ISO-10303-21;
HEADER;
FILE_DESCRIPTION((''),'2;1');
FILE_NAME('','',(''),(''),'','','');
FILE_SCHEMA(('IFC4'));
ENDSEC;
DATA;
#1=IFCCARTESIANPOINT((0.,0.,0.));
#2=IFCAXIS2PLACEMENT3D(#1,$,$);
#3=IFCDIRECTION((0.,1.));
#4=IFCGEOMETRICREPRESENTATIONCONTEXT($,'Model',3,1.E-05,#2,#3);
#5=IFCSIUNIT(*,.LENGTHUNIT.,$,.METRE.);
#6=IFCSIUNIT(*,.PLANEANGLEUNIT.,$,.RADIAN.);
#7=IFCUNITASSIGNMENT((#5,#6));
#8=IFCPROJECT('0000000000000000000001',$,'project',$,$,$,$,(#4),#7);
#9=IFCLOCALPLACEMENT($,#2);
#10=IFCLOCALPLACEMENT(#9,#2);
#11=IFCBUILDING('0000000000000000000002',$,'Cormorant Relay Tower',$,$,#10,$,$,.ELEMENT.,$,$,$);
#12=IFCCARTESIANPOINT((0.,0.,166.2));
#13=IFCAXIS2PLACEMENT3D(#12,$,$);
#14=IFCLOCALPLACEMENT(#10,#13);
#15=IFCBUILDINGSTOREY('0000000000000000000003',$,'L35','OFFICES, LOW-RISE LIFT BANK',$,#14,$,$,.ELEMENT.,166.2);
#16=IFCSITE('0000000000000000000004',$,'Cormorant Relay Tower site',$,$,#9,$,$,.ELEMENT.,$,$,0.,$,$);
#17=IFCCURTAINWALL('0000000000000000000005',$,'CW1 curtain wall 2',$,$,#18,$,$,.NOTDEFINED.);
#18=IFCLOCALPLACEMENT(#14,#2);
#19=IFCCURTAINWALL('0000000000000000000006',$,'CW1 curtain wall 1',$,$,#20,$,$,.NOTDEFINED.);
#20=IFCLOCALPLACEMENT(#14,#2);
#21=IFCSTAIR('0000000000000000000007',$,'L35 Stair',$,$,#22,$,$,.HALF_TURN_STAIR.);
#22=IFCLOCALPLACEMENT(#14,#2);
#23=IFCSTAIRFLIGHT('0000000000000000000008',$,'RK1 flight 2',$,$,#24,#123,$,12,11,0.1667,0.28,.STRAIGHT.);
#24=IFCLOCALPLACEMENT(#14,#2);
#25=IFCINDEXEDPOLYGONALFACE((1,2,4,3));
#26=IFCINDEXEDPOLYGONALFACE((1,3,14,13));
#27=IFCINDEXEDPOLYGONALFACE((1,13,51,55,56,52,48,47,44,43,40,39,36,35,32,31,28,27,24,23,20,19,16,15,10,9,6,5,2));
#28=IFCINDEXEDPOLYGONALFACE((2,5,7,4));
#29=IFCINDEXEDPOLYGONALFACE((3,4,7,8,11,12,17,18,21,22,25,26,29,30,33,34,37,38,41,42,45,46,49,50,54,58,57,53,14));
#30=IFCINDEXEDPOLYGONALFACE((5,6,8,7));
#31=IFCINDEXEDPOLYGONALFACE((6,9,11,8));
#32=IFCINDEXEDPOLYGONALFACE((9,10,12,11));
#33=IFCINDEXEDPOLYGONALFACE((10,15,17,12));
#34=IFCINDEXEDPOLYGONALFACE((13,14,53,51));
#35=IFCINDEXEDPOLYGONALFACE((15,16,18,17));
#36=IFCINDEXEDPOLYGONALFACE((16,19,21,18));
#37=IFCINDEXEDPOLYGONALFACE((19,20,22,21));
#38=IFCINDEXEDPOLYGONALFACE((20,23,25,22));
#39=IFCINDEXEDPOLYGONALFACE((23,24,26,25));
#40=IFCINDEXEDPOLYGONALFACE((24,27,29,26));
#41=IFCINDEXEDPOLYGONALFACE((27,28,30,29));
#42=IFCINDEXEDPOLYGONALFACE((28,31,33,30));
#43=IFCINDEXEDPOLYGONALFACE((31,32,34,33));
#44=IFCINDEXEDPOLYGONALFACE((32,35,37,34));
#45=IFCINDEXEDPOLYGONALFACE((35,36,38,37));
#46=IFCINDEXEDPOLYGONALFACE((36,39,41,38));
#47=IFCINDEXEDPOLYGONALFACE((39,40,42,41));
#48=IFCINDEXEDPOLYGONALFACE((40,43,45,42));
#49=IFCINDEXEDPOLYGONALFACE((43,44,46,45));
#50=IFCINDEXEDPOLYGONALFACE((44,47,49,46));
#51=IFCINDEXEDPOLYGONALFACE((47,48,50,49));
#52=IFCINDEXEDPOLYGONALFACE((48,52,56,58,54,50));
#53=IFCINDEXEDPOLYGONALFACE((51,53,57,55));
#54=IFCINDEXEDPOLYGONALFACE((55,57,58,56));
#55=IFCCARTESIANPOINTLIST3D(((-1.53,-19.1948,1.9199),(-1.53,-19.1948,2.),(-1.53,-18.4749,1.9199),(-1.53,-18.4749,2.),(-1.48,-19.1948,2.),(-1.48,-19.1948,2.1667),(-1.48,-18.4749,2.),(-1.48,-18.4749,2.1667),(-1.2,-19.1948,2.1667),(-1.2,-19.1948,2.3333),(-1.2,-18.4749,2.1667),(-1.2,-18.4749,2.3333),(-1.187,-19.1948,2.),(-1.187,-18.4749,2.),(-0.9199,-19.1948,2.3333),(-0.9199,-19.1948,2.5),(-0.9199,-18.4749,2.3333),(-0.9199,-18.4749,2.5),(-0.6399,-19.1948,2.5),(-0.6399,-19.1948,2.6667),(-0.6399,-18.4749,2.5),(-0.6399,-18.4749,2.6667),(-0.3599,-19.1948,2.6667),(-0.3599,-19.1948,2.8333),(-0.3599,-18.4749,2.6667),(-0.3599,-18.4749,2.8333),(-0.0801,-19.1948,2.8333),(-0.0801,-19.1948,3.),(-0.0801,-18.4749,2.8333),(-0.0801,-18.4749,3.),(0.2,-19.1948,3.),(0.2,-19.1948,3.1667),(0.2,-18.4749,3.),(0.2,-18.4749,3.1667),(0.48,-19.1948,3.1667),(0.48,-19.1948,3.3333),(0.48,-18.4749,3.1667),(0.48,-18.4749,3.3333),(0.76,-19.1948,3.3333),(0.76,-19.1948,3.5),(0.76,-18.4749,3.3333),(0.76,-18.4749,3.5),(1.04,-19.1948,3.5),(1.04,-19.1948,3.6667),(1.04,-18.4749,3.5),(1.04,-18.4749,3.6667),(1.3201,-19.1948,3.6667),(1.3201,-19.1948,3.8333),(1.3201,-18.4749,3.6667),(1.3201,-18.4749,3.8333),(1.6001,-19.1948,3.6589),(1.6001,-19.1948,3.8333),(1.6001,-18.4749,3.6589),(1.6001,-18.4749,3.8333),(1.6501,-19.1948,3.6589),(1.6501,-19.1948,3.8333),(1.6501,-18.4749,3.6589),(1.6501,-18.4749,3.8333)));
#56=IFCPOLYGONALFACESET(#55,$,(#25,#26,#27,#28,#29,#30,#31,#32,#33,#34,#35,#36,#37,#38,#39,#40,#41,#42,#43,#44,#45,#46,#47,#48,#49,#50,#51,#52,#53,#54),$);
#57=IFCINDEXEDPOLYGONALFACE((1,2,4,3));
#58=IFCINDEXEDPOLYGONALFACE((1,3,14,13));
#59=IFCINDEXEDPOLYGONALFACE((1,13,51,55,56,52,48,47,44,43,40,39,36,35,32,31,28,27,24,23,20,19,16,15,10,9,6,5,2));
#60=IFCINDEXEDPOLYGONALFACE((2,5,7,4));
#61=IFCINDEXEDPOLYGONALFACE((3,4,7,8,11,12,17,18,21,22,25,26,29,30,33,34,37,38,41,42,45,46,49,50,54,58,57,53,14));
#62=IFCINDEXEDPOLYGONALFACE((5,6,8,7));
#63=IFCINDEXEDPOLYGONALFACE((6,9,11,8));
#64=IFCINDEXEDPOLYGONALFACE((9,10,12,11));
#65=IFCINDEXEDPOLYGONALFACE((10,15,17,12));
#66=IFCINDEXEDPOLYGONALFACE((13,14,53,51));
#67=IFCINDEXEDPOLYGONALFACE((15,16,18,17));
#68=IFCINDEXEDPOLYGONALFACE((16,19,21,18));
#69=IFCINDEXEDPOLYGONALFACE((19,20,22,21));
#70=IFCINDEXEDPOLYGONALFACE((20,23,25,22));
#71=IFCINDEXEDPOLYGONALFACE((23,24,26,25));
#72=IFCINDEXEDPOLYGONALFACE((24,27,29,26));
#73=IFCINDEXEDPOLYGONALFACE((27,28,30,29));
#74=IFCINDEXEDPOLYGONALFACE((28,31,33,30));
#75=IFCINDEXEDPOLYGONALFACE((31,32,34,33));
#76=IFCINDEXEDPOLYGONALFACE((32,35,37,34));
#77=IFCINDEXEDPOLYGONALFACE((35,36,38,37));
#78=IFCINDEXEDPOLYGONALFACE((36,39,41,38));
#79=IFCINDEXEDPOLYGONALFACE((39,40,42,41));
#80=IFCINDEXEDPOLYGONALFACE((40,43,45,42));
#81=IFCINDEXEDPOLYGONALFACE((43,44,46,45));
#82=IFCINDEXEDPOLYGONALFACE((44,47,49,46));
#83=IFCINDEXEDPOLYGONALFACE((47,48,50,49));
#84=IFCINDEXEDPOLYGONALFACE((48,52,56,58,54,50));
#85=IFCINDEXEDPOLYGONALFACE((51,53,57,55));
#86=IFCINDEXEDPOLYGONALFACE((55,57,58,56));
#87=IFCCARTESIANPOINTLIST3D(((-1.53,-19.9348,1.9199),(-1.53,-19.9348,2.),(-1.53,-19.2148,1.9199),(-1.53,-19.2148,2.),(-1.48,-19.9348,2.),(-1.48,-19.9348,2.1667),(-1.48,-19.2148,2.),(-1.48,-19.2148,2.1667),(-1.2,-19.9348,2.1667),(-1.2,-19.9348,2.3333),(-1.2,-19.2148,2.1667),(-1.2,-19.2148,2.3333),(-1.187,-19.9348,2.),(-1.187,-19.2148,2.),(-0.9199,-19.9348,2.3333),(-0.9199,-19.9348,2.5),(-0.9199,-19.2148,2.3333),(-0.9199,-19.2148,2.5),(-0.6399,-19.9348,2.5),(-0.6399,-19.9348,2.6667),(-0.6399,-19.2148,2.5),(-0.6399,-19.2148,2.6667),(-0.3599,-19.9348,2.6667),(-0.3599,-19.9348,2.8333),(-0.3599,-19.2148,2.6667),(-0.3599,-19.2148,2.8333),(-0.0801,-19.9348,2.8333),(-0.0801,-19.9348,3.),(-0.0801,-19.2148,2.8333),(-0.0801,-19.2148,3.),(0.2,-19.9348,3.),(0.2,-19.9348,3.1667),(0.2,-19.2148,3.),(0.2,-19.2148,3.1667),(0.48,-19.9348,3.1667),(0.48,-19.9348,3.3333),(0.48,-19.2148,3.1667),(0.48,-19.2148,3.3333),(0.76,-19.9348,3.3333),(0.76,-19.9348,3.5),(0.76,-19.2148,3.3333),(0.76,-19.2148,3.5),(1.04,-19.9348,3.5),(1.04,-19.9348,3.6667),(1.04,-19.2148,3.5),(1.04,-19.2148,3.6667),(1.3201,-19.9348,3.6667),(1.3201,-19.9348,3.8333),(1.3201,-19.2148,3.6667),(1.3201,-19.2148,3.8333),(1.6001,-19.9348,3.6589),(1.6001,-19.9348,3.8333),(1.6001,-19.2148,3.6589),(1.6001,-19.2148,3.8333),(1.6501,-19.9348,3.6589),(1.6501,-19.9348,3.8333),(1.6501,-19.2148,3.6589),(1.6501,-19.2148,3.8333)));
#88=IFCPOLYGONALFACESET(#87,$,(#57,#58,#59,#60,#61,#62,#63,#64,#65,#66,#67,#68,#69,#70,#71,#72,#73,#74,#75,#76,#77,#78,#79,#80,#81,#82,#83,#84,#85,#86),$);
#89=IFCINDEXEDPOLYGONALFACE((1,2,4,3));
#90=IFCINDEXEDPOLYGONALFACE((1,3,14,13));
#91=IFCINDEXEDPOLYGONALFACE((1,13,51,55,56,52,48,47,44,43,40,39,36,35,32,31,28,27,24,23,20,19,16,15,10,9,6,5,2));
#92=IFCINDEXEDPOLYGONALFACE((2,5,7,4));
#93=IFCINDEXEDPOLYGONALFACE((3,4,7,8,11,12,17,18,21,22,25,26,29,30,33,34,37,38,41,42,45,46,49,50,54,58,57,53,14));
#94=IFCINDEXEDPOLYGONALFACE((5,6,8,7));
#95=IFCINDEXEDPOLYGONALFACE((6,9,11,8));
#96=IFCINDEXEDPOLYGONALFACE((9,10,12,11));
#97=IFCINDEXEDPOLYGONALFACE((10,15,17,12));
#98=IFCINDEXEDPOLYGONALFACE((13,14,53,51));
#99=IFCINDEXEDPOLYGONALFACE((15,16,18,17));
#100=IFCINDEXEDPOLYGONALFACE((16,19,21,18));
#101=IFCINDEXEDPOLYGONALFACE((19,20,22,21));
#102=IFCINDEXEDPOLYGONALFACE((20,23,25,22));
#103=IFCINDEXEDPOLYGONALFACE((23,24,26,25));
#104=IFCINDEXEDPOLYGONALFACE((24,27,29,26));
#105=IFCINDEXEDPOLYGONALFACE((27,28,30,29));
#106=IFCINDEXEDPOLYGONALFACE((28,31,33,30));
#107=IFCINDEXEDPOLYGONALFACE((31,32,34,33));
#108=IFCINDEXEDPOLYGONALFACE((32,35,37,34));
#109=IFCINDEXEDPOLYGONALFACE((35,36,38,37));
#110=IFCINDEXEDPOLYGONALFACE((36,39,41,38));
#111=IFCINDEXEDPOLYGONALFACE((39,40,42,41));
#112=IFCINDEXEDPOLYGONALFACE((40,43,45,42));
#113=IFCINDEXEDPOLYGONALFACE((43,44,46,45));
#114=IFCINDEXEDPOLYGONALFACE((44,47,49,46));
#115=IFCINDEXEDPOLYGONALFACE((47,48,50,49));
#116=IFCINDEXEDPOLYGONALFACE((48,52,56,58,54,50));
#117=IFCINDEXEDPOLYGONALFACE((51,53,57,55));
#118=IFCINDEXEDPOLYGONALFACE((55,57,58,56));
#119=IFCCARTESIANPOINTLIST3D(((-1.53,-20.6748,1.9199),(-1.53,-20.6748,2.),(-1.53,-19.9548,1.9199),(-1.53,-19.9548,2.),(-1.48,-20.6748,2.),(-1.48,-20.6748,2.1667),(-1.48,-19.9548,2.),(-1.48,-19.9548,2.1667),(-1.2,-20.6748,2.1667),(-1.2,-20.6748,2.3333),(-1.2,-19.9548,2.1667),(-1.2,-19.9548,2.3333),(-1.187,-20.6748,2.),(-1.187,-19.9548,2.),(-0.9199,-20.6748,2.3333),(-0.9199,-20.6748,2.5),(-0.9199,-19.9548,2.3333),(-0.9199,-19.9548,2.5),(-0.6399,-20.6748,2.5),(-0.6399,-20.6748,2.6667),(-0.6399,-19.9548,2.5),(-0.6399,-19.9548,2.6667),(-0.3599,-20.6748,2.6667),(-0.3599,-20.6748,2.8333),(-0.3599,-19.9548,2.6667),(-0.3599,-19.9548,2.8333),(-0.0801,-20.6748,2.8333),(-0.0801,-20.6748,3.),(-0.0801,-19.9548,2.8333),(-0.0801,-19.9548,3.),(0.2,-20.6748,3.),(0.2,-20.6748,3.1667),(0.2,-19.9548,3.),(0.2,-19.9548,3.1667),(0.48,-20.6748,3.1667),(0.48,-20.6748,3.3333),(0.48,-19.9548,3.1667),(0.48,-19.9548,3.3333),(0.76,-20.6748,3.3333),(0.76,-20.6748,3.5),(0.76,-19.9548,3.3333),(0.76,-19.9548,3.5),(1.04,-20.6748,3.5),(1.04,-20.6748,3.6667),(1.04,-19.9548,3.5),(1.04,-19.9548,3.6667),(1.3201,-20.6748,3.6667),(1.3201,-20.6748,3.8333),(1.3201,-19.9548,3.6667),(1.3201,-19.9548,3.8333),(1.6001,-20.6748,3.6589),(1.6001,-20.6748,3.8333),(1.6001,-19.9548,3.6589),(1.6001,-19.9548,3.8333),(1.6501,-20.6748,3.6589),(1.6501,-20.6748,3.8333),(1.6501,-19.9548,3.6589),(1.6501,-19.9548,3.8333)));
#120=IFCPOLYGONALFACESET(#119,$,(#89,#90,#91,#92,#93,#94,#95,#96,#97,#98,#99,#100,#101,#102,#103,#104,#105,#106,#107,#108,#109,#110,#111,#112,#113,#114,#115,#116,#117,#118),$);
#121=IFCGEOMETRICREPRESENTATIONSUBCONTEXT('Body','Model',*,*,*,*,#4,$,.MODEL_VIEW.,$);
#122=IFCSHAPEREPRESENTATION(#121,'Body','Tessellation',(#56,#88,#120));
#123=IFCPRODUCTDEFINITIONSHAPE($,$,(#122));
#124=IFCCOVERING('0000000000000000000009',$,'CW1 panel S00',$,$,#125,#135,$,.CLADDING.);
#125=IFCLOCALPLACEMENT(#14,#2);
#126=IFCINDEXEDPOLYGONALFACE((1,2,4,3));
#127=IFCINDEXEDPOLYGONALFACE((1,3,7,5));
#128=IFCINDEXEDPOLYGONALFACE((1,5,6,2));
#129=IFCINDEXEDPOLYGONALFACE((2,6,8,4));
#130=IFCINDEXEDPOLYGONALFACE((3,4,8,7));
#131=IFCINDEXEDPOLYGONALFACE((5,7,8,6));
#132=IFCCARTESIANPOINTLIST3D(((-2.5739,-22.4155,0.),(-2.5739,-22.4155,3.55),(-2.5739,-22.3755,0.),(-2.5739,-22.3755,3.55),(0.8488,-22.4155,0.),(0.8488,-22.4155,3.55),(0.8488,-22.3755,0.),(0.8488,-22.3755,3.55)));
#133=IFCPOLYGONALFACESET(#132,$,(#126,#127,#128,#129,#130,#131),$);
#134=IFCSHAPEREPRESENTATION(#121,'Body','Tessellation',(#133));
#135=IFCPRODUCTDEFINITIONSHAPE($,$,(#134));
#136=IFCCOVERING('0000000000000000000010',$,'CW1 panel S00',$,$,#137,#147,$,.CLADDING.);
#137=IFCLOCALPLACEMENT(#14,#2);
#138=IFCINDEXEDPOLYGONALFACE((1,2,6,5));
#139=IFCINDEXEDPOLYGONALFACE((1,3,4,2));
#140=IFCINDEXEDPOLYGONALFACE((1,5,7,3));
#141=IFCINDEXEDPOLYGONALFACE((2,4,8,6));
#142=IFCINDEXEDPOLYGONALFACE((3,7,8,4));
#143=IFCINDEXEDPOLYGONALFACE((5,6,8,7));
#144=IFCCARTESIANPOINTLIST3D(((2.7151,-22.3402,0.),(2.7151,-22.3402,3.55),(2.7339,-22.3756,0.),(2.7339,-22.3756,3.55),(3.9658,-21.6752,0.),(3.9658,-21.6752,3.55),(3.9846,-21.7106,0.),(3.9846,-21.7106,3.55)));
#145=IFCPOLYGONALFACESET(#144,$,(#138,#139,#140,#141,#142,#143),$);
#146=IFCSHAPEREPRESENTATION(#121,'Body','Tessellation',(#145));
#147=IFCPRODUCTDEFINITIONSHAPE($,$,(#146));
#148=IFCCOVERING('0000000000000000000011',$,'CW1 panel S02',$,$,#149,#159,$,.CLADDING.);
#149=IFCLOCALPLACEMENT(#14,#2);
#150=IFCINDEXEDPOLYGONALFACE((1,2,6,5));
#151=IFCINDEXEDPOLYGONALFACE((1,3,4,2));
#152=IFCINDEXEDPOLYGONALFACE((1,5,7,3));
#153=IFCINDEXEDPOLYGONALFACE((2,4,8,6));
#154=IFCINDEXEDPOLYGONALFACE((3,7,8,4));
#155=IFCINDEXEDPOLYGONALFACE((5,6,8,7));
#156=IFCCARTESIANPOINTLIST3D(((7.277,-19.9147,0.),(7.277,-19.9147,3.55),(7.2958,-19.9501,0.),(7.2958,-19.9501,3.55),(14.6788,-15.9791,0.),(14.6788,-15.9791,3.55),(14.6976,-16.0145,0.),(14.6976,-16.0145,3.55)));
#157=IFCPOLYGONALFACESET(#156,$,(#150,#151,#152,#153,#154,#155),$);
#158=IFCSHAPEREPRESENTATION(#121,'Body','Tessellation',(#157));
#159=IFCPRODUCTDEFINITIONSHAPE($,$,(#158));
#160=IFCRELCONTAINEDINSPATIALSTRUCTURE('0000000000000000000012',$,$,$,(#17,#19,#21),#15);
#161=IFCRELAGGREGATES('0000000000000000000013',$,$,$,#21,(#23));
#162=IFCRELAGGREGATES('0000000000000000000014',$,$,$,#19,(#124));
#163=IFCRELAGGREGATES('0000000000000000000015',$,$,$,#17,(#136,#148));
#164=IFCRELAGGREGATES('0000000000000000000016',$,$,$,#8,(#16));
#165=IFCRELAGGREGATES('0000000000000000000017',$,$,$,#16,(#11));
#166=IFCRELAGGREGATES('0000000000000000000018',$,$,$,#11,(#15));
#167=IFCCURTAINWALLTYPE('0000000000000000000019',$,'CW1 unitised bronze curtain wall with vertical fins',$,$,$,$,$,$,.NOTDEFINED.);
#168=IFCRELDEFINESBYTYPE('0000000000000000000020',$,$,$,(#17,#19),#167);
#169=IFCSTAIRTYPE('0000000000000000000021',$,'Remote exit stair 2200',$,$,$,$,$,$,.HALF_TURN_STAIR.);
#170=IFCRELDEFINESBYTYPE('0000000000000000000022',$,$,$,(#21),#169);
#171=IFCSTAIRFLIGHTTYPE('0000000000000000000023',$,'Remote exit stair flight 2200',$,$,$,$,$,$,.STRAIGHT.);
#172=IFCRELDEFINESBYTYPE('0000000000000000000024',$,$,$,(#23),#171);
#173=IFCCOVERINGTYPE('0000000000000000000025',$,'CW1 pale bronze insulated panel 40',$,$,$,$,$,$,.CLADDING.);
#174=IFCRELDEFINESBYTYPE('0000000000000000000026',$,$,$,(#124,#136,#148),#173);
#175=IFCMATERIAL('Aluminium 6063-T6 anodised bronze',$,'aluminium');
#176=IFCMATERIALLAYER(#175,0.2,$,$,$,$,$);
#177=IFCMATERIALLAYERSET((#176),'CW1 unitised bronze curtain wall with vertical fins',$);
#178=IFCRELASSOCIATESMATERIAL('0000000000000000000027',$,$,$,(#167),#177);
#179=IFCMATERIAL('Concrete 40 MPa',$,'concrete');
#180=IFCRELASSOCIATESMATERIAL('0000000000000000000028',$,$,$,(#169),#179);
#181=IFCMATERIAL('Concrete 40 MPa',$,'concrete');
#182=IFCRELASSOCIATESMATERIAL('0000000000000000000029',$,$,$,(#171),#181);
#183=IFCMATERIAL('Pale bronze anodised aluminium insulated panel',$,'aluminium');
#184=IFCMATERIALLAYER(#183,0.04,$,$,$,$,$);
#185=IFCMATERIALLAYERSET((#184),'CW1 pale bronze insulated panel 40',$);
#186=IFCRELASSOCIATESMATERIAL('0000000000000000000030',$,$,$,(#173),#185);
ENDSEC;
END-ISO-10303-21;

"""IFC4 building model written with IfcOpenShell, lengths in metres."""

from ifc_helpers import new_model, si_unit, direction, frame, origin, origin_2d, place, context, subcontext, project, spatial, polyline, rectangle, outline, extrude, material, layer, layer_set, type_object, element, aggregate, save


model = new_model("IFC4")

# Units and contexts
model_context = context("Model", 3, precision=1e-05, world=origin(), true_north=direction((0.0, 1.0)))
body_context = subcontext(model_context, "Body", "Model", "MODEL_VIEW")
ifc_project = project(units=[si_unit("LENGTHUNIT", "METRE"), si_unit("PLANEANGLEUNIT", "RADIAN")], contexts=[model_context])

# Site, building, storey
site_placement = place(None, origin())
site = spatial("IfcSite", under=ifc_project, at=site_placement, Name="Cormorant Relay Tower site", CompositionType="ELEMENT", RefElevation=0.0)
building_placement = place(site_placement, origin())
building = spatial("IfcBuilding", under=site, at=building_placement, Name="Cormorant Relay Tower", CompositionType="ELEMENT")
storey_placement = place(building_placement, frame((0.0, 0.0, 166.2)))
storey = spatial("IfcBuildingStorey", under=building, at=storey_placement, Name="L35", Description="OFFICES, LOW-RISE LIFT BANK", CompositionType="ELEMENT", Elevation=166.2)

# Curtain wall
ifc_material_1 = material(Name="Aluminium 6063-T6 anodised bronze", Category="aluminium")
ifc_layer_1 = layer(ifc_material_1, 0.2)
ifc_layer_set_1 = layer_set([ifc_layer_1], Name="CW1 unitised bronze curtain wall with vertical fins")
curtain_wall_type = type_object("IfcCurtainWallType", Name="CW1 unitised bronze curtain wall with vertical fins", PredefinedType="NOTDEFINED", material=ifc_layer_set_1)
curtain_wall_1_placement = place(storey_placement, origin())
curtain_wall_1 = element("IfcCurtainWall", 1, at=curtain_wall_1_placement, inside=storey, type_object=curtain_wall_type, Name="CW1 curtain wall 2", PredefinedType="NOTDEFINED")

# Curtain wall
curtain_wall_2_placement = place(storey_placement, origin())
curtain_wall_2 = element("IfcCurtainWall", 2, at=curtain_wall_2_placement, inside=storey, type_object=curtain_wall_type, Name="CW1 curtain wall 1", PredefinedType="NOTDEFINED")

# Stair, stair flight
ifc_material_2 = material(Name="Concrete 40 MPa", Category="concrete")
stair_type = type_object("IfcStairType", Name="Remote exit stair 2200", PredefinedType="HALF_TURN_STAIR", material=ifc_material_2)
stair_placement = place(storey_placement, origin())
stair = element("IfcStair", 3, at=stair_placement, inside=storey, type_object=stair_type, Name="L35 Stair", PredefinedType="HALF_TURN_STAIR")
ifc_material_3 = material(Name="Concrete 40 MPa", Category="concrete")
stair_flight_type = type_object("IfcStairFlightType", Name="Remote exit stair flight 2200", PredefinedType="STRAIGHT", material=ifc_material_3)
stair_flight_1_placement = place(storey_placement, frame((-1.48, -19.575, 2.0), z_axis=(0.0, 0.0, 1.0), x_axis=(1.0, 0.0, 0.0)))
stair_flight_1 = element("IfcStairFlight", 4, at=stair_flight_1_placement, type_object=stair_flight_type, Name="RK1 flight 2", NumberOfRisers=12, NumberOfTreads=11, PredefinedType="STRAIGHT", RiserHeight=0.1667, TreadLength=0.28, context=body_context, shape_type="SweptSolid", body=[
    extrude(outline(polyline([(-0.05, -0.0801), (-0.05, 0.0), (0.0, 0.0), (0.0, 0.1667), (0.28, 0.1667), (0.28, 0.3333), (0.5601, 0.3333), (0.5601, 0.5), (0.8401, 0.5), (0.8401, 0.6667), (1.1201, 0.6667), (1.1201, 0.8333), (1.3999, 0.8333), (1.3999, 1.0), (1.6799, 1.0), (1.6799, 1.1667), (1.96, 1.1667), (1.96, 1.3333), (2.24, 1.3333), (2.24, 1.5), (2.52, 1.5), (2.52, 1.6667), (2.8, 1.6667), (2.8, 1.8333), (3.0801, 1.8333), (3.1301, 1.8333), (3.1301, 1.6589), (3.0801, 1.6589), (0.293, 0.0), (-0.05, -0.0801)])), frame((0.0, 1.1001, 0.0), z_axis=(0.0, -1.0, 0.0), x_axis=(1.0, 0.0, 0.0)), (0.0, 0.0, 1.0), 0.72),
    extrude(outline(polyline([(-0.05, -0.0801), (-0.05, 0.0), (0.0, 0.0), (0.0, 0.1667), (0.28, 0.1667), (0.28, 0.3333), (0.5601, 0.3333), (0.5601, 0.5), (0.8401, 0.5), (0.8401, 0.6667), (1.1201, 0.6667), (1.1201, 0.8333), (1.3999, 0.8333), (1.3999, 1.0), (1.6799, 1.0), (1.6799, 1.1667), (1.96, 1.1667), (1.96, 1.3333), (2.24, 1.3333), (2.24, 1.5), (2.52, 1.5), (2.52, 1.6667), (2.8, 1.6667), (2.8, 1.8333), (3.0801, 1.8333), (3.1301, 1.8333), (3.1301, 1.6589), (3.0801, 1.6589), (0.293, 0.0), (-0.05, -0.0801)])), frame((0.0, 0.3601, 0.0), z_axis=(0.0, -1.0, 0.0), x_axis=(1.0, 0.0, 0.0)), (0.0, 0.0, 1.0), 0.72),
    extrude(outline(polyline([(-0.05, -0.0801), (-0.05, 0.0), (0.0, 0.0), (0.0, 0.1667), (0.28, 0.1667), (0.28, 0.3333), (0.5601, 0.3333), (0.5601, 0.5), (0.8401, 0.5), (0.8401, 0.6667), (1.1201, 0.6667), (1.1201, 0.8333), (1.3999, 0.8333), (1.3999, 1.0), (1.6799, 1.0), (1.6799, 1.1667), (1.96, 1.1667), (1.96, 1.3333), (2.24, 1.3333), (2.24, 1.5), (2.52, 1.5), (2.52, 1.6667), (2.8, 1.6667), (2.8, 1.8333), (3.0801, 1.8333), (3.1301, 1.8333), (3.1301, 1.6589), (3.0801, 1.6589), (0.293, 0.0), (-0.05, -0.0801)])), frame((0.0, -0.3799, 0.0), z_axis=(0.0, -1.0, 0.0), x_axis=(1.0, 0.0, 0.0)), (0.0, 0.0, 1.0), 0.72),
])
aggregate(stair, [stair_flight_1])

# Coverings
ifc_material_4 = material(Name="Pale bronze anodised aluminium insulated panel", Category="aluminium")
ifc_layer_2 = layer(ifc_material_4, 0.04)
ifc_layer_set_2 = layer_set([ifc_layer_2], Name="CW1 pale bronze insulated panel 40")
covering_type = type_object("IfcCoveringType", Name="CW1 pale bronze insulated panel 40", PredefinedType="CLADDING", material=ifc_layer_set_2)
covering_1_placement = place(storey_placement, frame((-0.8625, -22.3955, 0.0), z_axis=(0.0, 0.0, 1.0), x_axis=(1.0, 0.0, 0.0)))
covering_1 = element("IfcCovering", 5, at=covering_1_placement, type_object=covering_type, Name="CW1 panel S00", PredefinedType="CLADDING", context=body_context, shape_type="SweptSolid", body=[
    extrude(rectangle(XDim=3.4226, YDim=0.04, at=origin_2d()), origin(), (0.0, 0.0, 1.0), 3.55),
])
aggregate(curtain_wall_2, [covering_1])
covering_2_placement = place(storey_placement, frame((3.3499, -22.0254, 0.0), z_axis=(0.0, 0.0, 1.0), x_axis=(0.882948, 0.469472, 0.0)))
covering_2 = element("IfcCovering", 6, at=covering_2_placement, type_object=covering_type, Name="CW1 panel S00", PredefinedType="CLADDING", context=body_context, shape_type="SweptSolid", body=[
    extrude(rectangle(XDim=1.4165, YDim=0.04, at=origin_2d()), origin(), (0.0, 0.0, 1.0), 3.55),
])
covering_3_placement = place(storey_placement, frame((10.9873, -17.9646, 0.0), z_axis=(0.0, 0.0, 1.0), x_axis=(0.882948, 0.469472, 0.0)))
covering_3 = element("IfcCovering", 7, at=covering_3_placement, type_object=covering_type, Name="CW1 panel S02", PredefinedType="CLADDING", context=body_context, shape_type="SweptSolid", body=[
    extrude(rectangle(XDim=8.3831, YDim=0.04, at=origin_2d()), origin(), (0.0, 0.0, 1.0), 3.55),
])
aggregate(curtain_wall_1, [covering_2, covering_3])

save(model, "model.ifc")
